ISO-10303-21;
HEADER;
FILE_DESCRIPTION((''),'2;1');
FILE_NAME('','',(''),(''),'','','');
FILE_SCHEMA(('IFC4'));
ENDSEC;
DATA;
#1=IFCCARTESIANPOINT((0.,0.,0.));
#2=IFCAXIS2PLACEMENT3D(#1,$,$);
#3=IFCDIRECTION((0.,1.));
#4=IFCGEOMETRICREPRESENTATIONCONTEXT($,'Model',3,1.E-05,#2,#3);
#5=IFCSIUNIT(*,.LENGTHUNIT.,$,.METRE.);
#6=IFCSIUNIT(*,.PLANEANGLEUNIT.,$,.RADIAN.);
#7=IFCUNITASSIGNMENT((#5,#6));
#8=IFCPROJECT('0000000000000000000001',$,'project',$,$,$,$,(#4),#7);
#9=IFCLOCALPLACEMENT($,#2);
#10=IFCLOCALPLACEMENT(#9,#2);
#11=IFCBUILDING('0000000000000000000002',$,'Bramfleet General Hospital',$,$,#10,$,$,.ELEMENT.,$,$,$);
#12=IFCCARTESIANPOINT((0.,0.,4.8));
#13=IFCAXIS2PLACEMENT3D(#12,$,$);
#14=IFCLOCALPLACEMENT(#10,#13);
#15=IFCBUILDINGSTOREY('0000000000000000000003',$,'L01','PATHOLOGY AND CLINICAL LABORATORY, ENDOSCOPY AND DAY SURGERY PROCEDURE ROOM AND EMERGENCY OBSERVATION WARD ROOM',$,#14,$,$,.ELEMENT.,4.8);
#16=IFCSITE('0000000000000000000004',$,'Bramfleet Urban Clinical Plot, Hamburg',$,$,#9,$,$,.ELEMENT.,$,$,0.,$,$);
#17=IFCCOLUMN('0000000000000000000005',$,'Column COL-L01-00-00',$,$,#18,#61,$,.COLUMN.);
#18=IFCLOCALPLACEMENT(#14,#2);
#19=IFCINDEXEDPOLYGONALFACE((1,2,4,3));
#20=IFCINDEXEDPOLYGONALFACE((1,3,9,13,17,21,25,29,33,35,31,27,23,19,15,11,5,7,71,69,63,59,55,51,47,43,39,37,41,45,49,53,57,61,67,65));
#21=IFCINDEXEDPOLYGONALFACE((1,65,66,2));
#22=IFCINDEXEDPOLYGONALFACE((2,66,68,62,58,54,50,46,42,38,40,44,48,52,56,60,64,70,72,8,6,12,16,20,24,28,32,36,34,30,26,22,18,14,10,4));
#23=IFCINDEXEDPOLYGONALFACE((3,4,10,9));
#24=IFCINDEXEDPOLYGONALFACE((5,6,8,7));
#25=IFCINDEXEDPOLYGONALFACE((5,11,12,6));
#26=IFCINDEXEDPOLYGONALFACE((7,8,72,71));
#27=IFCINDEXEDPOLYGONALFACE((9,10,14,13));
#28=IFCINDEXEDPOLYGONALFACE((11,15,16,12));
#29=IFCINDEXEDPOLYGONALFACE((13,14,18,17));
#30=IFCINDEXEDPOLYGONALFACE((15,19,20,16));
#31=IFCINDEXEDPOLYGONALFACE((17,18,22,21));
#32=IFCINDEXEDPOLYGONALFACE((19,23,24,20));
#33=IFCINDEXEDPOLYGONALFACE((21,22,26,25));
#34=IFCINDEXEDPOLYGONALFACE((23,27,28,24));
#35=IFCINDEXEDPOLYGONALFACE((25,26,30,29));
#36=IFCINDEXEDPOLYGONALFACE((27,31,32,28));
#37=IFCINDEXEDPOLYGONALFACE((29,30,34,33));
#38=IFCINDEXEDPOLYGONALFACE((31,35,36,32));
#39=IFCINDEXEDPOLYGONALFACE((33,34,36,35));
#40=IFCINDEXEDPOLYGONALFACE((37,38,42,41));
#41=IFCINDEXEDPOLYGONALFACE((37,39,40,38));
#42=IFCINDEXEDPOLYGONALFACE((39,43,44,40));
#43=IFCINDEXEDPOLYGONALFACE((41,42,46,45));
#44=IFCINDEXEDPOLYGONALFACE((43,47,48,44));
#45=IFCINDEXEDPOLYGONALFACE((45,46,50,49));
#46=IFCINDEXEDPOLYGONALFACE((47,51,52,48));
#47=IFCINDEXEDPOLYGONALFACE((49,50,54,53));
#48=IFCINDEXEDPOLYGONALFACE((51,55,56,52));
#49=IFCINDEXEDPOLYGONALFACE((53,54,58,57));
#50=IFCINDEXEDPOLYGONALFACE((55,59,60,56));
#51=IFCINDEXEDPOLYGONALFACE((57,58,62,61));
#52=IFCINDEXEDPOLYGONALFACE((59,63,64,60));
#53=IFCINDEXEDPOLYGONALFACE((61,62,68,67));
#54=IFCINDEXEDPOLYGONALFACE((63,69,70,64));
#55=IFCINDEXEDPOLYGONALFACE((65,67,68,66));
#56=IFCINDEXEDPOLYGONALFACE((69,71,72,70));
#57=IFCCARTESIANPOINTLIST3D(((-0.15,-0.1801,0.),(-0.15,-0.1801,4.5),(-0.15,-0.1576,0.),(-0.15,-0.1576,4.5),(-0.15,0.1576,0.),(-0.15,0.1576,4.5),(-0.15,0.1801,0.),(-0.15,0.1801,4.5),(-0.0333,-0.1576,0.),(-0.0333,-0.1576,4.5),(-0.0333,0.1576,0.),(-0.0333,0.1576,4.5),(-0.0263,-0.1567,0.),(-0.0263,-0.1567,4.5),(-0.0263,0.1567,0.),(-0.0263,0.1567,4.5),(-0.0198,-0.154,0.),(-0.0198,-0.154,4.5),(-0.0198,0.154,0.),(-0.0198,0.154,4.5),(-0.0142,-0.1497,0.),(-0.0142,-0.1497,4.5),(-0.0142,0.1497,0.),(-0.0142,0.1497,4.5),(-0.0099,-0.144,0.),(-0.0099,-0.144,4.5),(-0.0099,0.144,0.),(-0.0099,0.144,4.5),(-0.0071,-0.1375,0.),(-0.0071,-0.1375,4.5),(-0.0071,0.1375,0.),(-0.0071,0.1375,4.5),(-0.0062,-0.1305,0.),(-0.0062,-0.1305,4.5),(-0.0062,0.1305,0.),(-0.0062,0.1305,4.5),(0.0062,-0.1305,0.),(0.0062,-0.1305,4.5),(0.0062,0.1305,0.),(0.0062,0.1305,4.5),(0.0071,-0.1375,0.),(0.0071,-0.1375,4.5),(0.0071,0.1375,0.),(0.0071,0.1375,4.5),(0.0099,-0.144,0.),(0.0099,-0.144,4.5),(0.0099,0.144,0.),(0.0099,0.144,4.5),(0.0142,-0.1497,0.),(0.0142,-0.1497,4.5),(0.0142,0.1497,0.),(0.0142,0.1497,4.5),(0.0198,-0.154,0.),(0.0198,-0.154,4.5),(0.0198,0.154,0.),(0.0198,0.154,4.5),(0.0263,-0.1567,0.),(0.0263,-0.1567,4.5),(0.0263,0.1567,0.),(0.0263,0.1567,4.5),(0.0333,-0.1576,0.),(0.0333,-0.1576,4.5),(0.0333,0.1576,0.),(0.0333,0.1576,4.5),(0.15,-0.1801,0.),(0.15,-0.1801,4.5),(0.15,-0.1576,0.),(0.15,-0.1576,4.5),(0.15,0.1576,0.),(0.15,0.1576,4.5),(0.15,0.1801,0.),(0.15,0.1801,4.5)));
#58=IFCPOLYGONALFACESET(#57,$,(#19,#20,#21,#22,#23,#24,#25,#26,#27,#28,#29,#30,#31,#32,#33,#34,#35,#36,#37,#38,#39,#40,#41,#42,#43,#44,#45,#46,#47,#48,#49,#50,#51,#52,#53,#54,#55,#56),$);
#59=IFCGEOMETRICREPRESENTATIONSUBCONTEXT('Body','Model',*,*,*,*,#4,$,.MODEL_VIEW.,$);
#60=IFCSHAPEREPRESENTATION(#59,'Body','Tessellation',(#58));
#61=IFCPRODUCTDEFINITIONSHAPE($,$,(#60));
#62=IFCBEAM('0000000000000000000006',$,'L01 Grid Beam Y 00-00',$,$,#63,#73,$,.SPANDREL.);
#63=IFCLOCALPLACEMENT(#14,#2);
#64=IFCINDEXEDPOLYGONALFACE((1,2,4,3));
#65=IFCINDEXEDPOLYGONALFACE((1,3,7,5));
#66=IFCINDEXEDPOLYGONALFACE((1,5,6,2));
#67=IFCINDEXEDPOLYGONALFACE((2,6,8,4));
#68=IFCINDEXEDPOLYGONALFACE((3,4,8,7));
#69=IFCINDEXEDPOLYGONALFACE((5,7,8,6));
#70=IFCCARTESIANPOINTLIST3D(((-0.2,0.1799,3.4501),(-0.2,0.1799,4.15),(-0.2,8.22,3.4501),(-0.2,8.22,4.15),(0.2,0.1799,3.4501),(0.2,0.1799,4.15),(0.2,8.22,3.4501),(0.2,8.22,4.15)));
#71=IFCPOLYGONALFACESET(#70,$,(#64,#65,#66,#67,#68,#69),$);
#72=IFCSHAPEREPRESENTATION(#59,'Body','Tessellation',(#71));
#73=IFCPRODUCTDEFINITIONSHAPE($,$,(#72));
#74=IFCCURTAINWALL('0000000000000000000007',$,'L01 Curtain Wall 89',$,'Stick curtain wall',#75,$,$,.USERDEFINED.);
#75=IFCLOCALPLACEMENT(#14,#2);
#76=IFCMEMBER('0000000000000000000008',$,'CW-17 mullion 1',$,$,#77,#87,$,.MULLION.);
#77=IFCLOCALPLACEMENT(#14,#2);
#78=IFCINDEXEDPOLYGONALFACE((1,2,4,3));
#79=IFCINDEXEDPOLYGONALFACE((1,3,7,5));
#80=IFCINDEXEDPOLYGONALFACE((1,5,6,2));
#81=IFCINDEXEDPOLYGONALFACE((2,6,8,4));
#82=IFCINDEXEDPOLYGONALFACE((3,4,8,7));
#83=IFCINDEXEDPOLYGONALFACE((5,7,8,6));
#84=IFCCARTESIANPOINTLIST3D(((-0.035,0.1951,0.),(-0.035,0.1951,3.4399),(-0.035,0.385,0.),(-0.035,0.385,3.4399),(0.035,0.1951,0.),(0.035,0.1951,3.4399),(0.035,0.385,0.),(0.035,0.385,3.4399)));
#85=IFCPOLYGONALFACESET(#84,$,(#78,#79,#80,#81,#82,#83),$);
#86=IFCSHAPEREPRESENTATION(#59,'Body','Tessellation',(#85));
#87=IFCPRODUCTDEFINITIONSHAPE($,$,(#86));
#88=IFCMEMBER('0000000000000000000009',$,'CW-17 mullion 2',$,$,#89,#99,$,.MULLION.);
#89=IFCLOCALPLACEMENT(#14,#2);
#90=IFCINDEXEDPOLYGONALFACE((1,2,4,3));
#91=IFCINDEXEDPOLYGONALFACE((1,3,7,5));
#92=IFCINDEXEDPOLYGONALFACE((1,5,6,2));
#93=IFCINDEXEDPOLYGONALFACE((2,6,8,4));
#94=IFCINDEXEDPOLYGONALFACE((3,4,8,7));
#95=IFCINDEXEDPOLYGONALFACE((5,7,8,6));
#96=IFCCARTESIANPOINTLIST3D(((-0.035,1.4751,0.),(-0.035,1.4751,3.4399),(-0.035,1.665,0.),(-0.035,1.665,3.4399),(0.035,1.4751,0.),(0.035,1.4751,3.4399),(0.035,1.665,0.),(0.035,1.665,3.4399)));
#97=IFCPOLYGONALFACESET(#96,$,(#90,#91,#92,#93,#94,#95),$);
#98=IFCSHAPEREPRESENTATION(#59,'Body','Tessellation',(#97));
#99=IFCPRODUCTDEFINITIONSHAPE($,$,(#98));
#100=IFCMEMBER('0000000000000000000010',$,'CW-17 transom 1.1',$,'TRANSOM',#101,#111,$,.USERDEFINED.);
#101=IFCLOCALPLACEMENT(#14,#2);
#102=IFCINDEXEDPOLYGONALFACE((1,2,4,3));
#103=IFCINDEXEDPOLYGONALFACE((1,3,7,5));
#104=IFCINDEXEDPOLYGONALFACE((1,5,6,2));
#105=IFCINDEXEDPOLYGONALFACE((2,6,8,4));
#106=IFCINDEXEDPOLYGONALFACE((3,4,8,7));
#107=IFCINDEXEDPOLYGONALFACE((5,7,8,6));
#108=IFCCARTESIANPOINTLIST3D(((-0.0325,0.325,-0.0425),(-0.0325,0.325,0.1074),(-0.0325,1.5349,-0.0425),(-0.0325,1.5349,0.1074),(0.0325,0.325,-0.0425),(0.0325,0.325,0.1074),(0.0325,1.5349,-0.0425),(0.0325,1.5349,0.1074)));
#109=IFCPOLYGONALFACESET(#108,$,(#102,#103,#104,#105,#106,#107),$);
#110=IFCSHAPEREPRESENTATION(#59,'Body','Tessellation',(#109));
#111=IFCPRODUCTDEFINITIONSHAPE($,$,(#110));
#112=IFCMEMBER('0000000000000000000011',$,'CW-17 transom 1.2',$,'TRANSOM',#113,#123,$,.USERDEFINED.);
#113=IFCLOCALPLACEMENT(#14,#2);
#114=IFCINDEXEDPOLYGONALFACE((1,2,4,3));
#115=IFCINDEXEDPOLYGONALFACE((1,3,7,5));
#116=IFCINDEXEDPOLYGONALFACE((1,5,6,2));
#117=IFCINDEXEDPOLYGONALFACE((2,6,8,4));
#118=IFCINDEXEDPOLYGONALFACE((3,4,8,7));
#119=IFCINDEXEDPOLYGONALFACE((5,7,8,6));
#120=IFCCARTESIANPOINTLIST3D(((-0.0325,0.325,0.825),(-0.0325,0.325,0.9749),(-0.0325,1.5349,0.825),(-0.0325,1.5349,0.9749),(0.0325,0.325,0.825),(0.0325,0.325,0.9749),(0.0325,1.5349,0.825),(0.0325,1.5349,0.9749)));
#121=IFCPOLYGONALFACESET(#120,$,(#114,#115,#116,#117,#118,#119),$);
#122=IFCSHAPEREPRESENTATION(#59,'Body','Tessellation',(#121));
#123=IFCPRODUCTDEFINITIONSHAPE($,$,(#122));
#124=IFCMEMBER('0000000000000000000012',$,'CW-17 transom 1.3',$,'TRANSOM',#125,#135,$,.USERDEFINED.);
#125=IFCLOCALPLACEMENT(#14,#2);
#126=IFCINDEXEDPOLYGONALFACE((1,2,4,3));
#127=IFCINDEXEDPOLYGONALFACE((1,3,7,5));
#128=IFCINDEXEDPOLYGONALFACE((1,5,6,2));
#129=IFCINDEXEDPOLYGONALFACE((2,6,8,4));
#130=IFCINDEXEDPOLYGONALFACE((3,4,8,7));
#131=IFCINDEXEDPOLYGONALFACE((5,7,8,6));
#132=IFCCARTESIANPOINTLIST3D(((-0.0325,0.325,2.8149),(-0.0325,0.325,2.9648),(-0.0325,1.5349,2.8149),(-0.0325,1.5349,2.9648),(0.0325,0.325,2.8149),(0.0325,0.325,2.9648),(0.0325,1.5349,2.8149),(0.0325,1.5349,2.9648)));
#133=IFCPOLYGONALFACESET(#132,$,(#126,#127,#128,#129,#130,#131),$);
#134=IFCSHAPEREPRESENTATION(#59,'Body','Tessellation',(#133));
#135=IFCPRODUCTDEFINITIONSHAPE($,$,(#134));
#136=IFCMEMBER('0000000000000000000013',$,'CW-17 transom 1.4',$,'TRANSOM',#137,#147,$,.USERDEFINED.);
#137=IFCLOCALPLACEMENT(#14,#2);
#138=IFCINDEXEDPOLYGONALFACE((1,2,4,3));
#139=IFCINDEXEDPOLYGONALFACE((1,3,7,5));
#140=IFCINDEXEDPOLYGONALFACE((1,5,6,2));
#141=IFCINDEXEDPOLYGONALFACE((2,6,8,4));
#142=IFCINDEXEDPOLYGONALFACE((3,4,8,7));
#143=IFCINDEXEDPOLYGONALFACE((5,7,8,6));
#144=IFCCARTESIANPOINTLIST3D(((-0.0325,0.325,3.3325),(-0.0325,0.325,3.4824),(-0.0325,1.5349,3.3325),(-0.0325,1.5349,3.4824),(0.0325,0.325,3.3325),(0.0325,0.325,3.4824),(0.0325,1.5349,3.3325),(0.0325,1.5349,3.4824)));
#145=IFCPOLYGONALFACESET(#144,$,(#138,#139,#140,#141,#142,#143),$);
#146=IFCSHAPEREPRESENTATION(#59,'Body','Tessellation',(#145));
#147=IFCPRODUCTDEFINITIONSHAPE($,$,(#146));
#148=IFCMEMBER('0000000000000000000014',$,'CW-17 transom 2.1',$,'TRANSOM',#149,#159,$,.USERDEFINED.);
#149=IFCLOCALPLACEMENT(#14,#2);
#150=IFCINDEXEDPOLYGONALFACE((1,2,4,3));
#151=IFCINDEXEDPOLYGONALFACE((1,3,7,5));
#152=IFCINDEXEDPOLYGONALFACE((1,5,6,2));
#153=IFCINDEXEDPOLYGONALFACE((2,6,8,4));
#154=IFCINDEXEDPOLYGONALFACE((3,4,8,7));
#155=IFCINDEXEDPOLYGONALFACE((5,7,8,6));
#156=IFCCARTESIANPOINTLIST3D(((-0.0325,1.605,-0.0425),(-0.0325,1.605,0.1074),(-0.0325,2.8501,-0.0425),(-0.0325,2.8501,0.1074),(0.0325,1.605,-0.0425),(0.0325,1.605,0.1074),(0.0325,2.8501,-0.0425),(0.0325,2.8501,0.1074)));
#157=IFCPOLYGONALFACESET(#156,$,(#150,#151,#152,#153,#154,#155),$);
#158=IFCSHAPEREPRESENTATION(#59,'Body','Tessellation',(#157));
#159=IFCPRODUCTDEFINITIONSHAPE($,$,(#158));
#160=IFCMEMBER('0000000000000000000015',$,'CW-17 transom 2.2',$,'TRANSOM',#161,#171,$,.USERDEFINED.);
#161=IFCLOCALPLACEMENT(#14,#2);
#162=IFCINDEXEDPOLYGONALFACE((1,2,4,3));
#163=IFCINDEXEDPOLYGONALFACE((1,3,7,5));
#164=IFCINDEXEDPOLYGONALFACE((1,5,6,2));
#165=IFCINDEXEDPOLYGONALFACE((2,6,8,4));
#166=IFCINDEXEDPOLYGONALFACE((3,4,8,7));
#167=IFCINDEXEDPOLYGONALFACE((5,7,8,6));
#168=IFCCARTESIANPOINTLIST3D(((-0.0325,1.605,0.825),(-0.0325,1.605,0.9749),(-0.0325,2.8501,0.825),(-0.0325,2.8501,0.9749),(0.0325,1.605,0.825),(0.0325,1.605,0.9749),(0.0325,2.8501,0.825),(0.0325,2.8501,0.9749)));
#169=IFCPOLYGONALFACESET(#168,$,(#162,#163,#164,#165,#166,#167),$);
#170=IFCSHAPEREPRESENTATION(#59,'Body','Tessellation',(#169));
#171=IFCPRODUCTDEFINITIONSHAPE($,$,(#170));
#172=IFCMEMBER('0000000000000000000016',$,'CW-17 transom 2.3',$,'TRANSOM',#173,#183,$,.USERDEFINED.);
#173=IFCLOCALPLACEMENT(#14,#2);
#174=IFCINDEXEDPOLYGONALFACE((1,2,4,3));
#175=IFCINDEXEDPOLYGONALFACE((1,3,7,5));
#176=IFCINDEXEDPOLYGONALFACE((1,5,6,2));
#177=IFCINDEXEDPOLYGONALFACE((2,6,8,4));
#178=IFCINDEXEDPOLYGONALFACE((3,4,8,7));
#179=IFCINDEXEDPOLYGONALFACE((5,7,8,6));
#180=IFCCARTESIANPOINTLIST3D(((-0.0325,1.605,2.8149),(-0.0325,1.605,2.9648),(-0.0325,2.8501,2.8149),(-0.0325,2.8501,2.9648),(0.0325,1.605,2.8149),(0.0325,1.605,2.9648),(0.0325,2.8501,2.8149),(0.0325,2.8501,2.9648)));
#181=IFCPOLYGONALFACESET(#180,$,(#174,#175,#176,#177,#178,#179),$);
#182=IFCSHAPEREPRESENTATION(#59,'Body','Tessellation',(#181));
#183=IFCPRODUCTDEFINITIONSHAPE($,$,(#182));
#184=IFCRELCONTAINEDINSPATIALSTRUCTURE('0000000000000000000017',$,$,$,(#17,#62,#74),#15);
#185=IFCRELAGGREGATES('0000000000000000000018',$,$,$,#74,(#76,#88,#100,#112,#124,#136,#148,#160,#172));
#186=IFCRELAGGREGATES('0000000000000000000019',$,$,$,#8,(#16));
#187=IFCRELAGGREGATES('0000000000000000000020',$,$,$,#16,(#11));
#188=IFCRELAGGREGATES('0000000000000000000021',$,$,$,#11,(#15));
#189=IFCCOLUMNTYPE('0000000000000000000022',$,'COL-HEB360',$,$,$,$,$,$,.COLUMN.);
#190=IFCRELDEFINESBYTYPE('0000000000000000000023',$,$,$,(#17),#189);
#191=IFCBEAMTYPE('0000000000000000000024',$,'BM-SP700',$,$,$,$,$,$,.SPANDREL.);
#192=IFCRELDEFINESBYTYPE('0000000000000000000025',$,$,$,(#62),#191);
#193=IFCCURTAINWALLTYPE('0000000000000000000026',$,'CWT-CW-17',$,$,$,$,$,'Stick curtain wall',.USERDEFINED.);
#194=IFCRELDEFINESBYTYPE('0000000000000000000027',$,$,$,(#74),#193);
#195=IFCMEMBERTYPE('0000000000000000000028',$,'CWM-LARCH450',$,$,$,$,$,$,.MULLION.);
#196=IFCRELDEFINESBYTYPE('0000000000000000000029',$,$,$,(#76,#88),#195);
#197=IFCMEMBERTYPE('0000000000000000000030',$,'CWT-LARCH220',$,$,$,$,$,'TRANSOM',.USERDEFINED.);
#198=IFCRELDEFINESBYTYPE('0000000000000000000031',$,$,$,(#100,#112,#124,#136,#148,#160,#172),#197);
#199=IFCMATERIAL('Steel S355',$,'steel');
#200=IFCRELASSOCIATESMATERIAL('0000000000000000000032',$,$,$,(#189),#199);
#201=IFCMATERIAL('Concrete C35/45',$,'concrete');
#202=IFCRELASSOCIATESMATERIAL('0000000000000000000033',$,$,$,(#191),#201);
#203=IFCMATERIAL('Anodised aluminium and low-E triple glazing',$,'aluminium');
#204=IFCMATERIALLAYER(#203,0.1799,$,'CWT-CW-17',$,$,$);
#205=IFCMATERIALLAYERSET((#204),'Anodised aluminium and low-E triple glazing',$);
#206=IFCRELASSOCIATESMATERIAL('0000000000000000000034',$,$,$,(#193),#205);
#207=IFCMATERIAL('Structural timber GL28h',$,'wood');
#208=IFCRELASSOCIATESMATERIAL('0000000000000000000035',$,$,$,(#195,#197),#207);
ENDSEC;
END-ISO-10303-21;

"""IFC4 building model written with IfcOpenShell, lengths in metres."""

from ifc_helpers import new_model, si_unit, direction, frame, origin, origin_with_axes, origin_2d, place, context, subcontext, project, spatial, rectangle, i_section, extrude, material, layer, layer_set, material_profile, profile_set, type_object, element, aggregate, save


model = new_model("IFC4")

# Units and contexts
model_context = context("Model", 3, precision=1e-05, world=origin(), true_north=direction((0.0, 1.0)))
body_context = subcontext(model_context, "Body", "Model", "MODEL_VIEW")
ifc_project = project(units=[si_unit("LENGTHUNIT", "METRE"), si_unit("PLANEANGLEUNIT", "RADIAN")], contexts=[model_context])

# Site, building, storey
site_placement = place(None, origin())
site = spatial("IfcSite", under=ifc_project, at=site_placement, Name="Bramfleet Urban Clinical Plot, Hamburg", CompositionType="ELEMENT", RefElevation=0.0)
building_placement = place(site_placement, origin())
building = spatial("IfcBuilding", under=site, at=building_placement, Name="Bramfleet General Hospital", CompositionType="ELEMENT")
storey_placement = place(building_placement, frame((0.0, 0.0, 4.8)))
storey = spatial("IfcBuildingStorey", under=building, at=storey_placement, Name="L01", Description="PATHOLOGY AND CLINICAL LABORATORY, ENDOSCOPY AND DAY SURGERY PROCEDURE ROOM AND EMERGENCY OBSERVATION WARD ROOM", CompositionType="ELEMENT", Elevation=4.8)

# Column
ifc_material_1 = material(Name="Steel S355", Category="steel")
ifc_material_profile_1 = material_profile(ifc_material_1, i_section(OverallWidth=0.3, OverallDepth=0.3601, WebThickness=0.0125, FlangeThickness=0.0225, FilletRadius=0.0271, at=origin_2d()), Name="HEB 360")
ifc_profile_set_1 = profile_set([ifc_material_profile_1], Name="Steel S355")
column_type = type_object("IfcColumnType", Name="COL-HEB360", PredefinedType="COLUMN", material=ifc_profile_set_1)
column_placement = place(storey_placement, origin_with_axes())
element("IfcColumn", 1, at=column_placement, inside=storey, type_object=column_type, Name="Column COL-L01-00-00", PredefinedType="COLUMN", context=body_context, shape_type="SweptSolid", body=[
    extrude(i_section(OverallWidth=0.3, OverallDepth=0.3601, WebThickness=0.0125, FlangeThickness=0.0225, FilletRadius=0.0271, at=origin_2d()), origin(), (0.0, 0.0, 1.0), 4.5),
])

# Beam
ifc_material_2 = material(Name="Concrete C35/45", Category="concrete")
ifc_material_profile_2 = material_profile(ifc_material_2, rectangle(XDim=0.3999, YDim=0.7, at=origin_2d()), Name="RC SP 700x400")
ifc_profile_set_2 = profile_set([ifc_material_profile_2], Name="Concrete C35/45")
beam_type = type_object("IfcBeamType", Name="BM-SP700", PredefinedType="SPANDREL", material=ifc_profile_set_2)
beam_placement = place(storey_placement, frame((0.0, 0.1799, 3.8), z_axis=(0.0, 1.0, 0.0), x_axis=(-1.0, 0.0, 0.0)))
element("IfcBeam", 2, at=beam_placement, inside=storey, type_object=beam_type, Name="L01 Grid Beam Y 00-00", PredefinedType="SPANDREL", context=body_context, shape_type="SweptSolid", body=[
    extrude(rectangle(XDim=0.3999, YDim=0.7, at=origin_2d()), origin(), (0.0, 0.0, 1.0), 8.04),
])

# Curtain wall, members
ifc_material_3 = material(Name="Anodised aluminium and low-E triple glazing", Category="aluminium")
ifc_layer_1 = layer(ifc_material_3, 0.1799, Name="CWT-CW-17")
ifc_layer_set_1 = layer_set([ifc_layer_1], Name="Anodised aluminium and low-E triple glazing")
curtain_wall_type = type_object("IfcCurtainWallType", Name="CWT-CW-17", ElementType="Stick curtain wall", PredefinedType="USERDEFINED", material=ifc_layer_set_1)
curtain_wall_placement = place(storey_placement, origin())
curtain_wall = element("IfcCurtainWall", 3, at=curtain_wall_placement, inside=storey, type_object=curtain_wall_type, Name="L01 Curtain Wall 89", ObjectType="Stick curtain wall", PredefinedType="USERDEFINED")
ifc_material_4 = material(Name="Structural timber GL28h", Category="wood")
ifc_material_profile_3 = material_profile(ifc_material_4, rectangle(XDim=0.0701, YDim=0.1899, at=origin_2d()), Name="LARCH 190x70")
ifc_profile_set_3 = profile_set([ifc_material_profile_3], Name="Structural timber GL28h")
member_type_1 = type_object("IfcMemberType", Name="CWM-LARCH450", PredefinedType="MULLION", material=ifc_profile_set_3)
member_1_placement = place(storey_placement, frame((0.0, 0.29, 0.0), z_axis=(0.0, 0.0, 1.0), x_axis=(-1.0, 0.0, 0.0)))
member_1 = element("IfcMember", 4, at=member_1_placement, type_object=member_type_1, Name="CW-17 mullion 1", PredefinedType="MULLION", context=body_context, shape_type="SweptSolid", body=[
    extrude(rectangle(XDim=0.0701, YDim=0.1899, at=origin_2d()), origin(), (0.0, 0.0, 1.0), 3.4399),
])
member_2_placement = place(storey_placement, frame((0.0, 1.5701, 0.0), z_axis=(0.0, 0.0, 1.0), x_axis=(-1.0, 0.0, 0.0)))
member_2 = element("IfcMember", 5, at=member_2_placement, type_object=member_type_1, Name="CW-17 mullion 2", PredefinedType="MULLION", context=body_context, shape_type="SweptSolid", body=[
    extrude(rectangle(XDim=0.0701, YDim=0.1899, at=origin_2d()), origin(), (0.0, 0.0, 1.0), 3.4399),
])
ifc_material_profile_4 = material_profile(ifc_material_4, rectangle(XDim=0.0649, YDim=0.1499, at=origin_2d()), Name="LARCH 150x65")
ifc_profile_set_4 = profile_set([ifc_material_profile_4], Name="Structural timber GL28h")
member_type_2 = type_object("IfcMemberType", Name="CWT-LARCH220", ElementType="TRANSOM", PredefinedType="USERDEFINED", material=ifc_profile_set_4)
member_3_placement = place(storey_placement, frame((0.0, 0.325, 0.0325), z_axis=(0.0, 1.0, 0.0), x_axis=(-1.0, 0.0, 0.0)))
member_3 = element("IfcMember", 6, at=member_3_placement, type_object=member_type_2, Name="CW-17 transom 1.1", ObjectType="TRANSOM", PredefinedType="USERDEFINED", context=body_context, shape_type="SweptSolid", body=[
    extrude(rectangle(XDim=0.0649, YDim=0.1499, at=origin_2d()), origin(), (0.0, 0.0, 1.0), 1.21),
])
member_4_placement = place(storey_placement, frame((0.0, 0.325, 0.8999), z_axis=(0.0, 1.0, 0.0), x_axis=(-1.0, 0.0, 0.0)))
member_4 = element("IfcMember", 7, at=member_4_placement, type_object=member_type_2, Name="CW-17 transom 1.2", ObjectType="TRANSOM", PredefinedType="USERDEFINED", context=body_context, shape_type="SweptSolid", body=[
    extrude(rectangle(XDim=0.0649, YDim=0.1499, at=origin_2d()), origin(), (0.0, 0.0, 1.0), 1.21),
])
member_5_placement = place(storey_placement, frame((0.0, 0.325, 2.8899), z_axis=(0.0, 1.0, 0.0), x_axis=(-1.0, 0.0, 0.0)))
member_5 = element("IfcMember", 8, at=member_5_placement, type_object=member_type_2, Name="CW-17 transom 1.3", ObjectType="TRANSOM", PredefinedType="USERDEFINED", context=body_context, shape_type="SweptSolid", body=[
    extrude(rectangle(XDim=0.0649, YDim=0.1499, at=origin_2d()), origin(), (0.0, 0.0, 1.0), 1.21),
])
member_6_placement = place(storey_placement, frame((0.0, 0.325, 3.4075), z_axis=(0.0, 1.0, 0.0), x_axis=(-1.0, 0.0, 0.0)))
member_6 = element("IfcMember", 9, at=member_6_placement, type_object=member_type_2, Name="CW-17 transom 1.4", ObjectType="TRANSOM", PredefinedType="USERDEFINED", context=body_context, shape_type="SweptSolid", body=[
    extrude(rectangle(XDim=0.0649, YDim=0.1499, at=origin_2d()), origin(), (0.0, 0.0, 1.0), 1.21),
])
member_7_placement = place(storey_placement, frame((0.0, 1.605, 0.0325), z_axis=(0.0, 1.0, 0.0), x_axis=(-1.0, 0.0, 0.0)))
member_7 = element("IfcMember", 10, at=member_7_placement, type_object=member_type_2, Name="CW-17 transom 2.1", ObjectType="TRANSOM", PredefinedType="USERDEFINED", context=body_context, shape_type="SweptSolid", body=[
    extrude(rectangle(XDim=0.0649, YDim=0.1499, at=origin_2d()), origin(), (0.0, 0.0, 1.0), 1.2451),
])
member_8_placement = place(storey_placement, frame((0.0, 1.605, 0.8999), z_axis=(0.0, 1.0, 0.0), x_axis=(-1.0, 0.0, 0.0)))
member_8 = element("IfcMember", 11, at=member_8_placement, type_object=member_type_2, Name="CW-17 transom 2.2", ObjectType="TRANSOM", PredefinedType="USERDEFINED", context=body_context, shape_type="SweptSolid", body=[
    extrude(rectangle(XDim=0.0649, YDim=0.1499, at=origin_2d()), origin(), (0.0, 0.0, 1.0), 1.2451),
])
member_9_placement = place(storey_placement, frame((0.0, 1.605, 2.8899), z_axis=(0.0, 1.0, 0.0), x_axis=(-1.0, 0.0, 0.0)))
member_9 = element("IfcMember", 12, at=member_9_placement, type_object=member_type_2, Name="CW-17 transom 2.3", ObjectType="TRANSOM", PredefinedType="USERDEFINED", context=body_context, shape_type="SweptSolid", body=[
    extrude(rectangle(XDim=0.0649, YDim=0.1499, at=origin_2d()), origin(), (0.0, 0.0, 1.0), 1.2451),
])
aggregate(curtain_wall, [member_1, member_2, member_3, member_4, member_5, member_6, member_7, member_8, member_9])

save(model, "model.ifc")
